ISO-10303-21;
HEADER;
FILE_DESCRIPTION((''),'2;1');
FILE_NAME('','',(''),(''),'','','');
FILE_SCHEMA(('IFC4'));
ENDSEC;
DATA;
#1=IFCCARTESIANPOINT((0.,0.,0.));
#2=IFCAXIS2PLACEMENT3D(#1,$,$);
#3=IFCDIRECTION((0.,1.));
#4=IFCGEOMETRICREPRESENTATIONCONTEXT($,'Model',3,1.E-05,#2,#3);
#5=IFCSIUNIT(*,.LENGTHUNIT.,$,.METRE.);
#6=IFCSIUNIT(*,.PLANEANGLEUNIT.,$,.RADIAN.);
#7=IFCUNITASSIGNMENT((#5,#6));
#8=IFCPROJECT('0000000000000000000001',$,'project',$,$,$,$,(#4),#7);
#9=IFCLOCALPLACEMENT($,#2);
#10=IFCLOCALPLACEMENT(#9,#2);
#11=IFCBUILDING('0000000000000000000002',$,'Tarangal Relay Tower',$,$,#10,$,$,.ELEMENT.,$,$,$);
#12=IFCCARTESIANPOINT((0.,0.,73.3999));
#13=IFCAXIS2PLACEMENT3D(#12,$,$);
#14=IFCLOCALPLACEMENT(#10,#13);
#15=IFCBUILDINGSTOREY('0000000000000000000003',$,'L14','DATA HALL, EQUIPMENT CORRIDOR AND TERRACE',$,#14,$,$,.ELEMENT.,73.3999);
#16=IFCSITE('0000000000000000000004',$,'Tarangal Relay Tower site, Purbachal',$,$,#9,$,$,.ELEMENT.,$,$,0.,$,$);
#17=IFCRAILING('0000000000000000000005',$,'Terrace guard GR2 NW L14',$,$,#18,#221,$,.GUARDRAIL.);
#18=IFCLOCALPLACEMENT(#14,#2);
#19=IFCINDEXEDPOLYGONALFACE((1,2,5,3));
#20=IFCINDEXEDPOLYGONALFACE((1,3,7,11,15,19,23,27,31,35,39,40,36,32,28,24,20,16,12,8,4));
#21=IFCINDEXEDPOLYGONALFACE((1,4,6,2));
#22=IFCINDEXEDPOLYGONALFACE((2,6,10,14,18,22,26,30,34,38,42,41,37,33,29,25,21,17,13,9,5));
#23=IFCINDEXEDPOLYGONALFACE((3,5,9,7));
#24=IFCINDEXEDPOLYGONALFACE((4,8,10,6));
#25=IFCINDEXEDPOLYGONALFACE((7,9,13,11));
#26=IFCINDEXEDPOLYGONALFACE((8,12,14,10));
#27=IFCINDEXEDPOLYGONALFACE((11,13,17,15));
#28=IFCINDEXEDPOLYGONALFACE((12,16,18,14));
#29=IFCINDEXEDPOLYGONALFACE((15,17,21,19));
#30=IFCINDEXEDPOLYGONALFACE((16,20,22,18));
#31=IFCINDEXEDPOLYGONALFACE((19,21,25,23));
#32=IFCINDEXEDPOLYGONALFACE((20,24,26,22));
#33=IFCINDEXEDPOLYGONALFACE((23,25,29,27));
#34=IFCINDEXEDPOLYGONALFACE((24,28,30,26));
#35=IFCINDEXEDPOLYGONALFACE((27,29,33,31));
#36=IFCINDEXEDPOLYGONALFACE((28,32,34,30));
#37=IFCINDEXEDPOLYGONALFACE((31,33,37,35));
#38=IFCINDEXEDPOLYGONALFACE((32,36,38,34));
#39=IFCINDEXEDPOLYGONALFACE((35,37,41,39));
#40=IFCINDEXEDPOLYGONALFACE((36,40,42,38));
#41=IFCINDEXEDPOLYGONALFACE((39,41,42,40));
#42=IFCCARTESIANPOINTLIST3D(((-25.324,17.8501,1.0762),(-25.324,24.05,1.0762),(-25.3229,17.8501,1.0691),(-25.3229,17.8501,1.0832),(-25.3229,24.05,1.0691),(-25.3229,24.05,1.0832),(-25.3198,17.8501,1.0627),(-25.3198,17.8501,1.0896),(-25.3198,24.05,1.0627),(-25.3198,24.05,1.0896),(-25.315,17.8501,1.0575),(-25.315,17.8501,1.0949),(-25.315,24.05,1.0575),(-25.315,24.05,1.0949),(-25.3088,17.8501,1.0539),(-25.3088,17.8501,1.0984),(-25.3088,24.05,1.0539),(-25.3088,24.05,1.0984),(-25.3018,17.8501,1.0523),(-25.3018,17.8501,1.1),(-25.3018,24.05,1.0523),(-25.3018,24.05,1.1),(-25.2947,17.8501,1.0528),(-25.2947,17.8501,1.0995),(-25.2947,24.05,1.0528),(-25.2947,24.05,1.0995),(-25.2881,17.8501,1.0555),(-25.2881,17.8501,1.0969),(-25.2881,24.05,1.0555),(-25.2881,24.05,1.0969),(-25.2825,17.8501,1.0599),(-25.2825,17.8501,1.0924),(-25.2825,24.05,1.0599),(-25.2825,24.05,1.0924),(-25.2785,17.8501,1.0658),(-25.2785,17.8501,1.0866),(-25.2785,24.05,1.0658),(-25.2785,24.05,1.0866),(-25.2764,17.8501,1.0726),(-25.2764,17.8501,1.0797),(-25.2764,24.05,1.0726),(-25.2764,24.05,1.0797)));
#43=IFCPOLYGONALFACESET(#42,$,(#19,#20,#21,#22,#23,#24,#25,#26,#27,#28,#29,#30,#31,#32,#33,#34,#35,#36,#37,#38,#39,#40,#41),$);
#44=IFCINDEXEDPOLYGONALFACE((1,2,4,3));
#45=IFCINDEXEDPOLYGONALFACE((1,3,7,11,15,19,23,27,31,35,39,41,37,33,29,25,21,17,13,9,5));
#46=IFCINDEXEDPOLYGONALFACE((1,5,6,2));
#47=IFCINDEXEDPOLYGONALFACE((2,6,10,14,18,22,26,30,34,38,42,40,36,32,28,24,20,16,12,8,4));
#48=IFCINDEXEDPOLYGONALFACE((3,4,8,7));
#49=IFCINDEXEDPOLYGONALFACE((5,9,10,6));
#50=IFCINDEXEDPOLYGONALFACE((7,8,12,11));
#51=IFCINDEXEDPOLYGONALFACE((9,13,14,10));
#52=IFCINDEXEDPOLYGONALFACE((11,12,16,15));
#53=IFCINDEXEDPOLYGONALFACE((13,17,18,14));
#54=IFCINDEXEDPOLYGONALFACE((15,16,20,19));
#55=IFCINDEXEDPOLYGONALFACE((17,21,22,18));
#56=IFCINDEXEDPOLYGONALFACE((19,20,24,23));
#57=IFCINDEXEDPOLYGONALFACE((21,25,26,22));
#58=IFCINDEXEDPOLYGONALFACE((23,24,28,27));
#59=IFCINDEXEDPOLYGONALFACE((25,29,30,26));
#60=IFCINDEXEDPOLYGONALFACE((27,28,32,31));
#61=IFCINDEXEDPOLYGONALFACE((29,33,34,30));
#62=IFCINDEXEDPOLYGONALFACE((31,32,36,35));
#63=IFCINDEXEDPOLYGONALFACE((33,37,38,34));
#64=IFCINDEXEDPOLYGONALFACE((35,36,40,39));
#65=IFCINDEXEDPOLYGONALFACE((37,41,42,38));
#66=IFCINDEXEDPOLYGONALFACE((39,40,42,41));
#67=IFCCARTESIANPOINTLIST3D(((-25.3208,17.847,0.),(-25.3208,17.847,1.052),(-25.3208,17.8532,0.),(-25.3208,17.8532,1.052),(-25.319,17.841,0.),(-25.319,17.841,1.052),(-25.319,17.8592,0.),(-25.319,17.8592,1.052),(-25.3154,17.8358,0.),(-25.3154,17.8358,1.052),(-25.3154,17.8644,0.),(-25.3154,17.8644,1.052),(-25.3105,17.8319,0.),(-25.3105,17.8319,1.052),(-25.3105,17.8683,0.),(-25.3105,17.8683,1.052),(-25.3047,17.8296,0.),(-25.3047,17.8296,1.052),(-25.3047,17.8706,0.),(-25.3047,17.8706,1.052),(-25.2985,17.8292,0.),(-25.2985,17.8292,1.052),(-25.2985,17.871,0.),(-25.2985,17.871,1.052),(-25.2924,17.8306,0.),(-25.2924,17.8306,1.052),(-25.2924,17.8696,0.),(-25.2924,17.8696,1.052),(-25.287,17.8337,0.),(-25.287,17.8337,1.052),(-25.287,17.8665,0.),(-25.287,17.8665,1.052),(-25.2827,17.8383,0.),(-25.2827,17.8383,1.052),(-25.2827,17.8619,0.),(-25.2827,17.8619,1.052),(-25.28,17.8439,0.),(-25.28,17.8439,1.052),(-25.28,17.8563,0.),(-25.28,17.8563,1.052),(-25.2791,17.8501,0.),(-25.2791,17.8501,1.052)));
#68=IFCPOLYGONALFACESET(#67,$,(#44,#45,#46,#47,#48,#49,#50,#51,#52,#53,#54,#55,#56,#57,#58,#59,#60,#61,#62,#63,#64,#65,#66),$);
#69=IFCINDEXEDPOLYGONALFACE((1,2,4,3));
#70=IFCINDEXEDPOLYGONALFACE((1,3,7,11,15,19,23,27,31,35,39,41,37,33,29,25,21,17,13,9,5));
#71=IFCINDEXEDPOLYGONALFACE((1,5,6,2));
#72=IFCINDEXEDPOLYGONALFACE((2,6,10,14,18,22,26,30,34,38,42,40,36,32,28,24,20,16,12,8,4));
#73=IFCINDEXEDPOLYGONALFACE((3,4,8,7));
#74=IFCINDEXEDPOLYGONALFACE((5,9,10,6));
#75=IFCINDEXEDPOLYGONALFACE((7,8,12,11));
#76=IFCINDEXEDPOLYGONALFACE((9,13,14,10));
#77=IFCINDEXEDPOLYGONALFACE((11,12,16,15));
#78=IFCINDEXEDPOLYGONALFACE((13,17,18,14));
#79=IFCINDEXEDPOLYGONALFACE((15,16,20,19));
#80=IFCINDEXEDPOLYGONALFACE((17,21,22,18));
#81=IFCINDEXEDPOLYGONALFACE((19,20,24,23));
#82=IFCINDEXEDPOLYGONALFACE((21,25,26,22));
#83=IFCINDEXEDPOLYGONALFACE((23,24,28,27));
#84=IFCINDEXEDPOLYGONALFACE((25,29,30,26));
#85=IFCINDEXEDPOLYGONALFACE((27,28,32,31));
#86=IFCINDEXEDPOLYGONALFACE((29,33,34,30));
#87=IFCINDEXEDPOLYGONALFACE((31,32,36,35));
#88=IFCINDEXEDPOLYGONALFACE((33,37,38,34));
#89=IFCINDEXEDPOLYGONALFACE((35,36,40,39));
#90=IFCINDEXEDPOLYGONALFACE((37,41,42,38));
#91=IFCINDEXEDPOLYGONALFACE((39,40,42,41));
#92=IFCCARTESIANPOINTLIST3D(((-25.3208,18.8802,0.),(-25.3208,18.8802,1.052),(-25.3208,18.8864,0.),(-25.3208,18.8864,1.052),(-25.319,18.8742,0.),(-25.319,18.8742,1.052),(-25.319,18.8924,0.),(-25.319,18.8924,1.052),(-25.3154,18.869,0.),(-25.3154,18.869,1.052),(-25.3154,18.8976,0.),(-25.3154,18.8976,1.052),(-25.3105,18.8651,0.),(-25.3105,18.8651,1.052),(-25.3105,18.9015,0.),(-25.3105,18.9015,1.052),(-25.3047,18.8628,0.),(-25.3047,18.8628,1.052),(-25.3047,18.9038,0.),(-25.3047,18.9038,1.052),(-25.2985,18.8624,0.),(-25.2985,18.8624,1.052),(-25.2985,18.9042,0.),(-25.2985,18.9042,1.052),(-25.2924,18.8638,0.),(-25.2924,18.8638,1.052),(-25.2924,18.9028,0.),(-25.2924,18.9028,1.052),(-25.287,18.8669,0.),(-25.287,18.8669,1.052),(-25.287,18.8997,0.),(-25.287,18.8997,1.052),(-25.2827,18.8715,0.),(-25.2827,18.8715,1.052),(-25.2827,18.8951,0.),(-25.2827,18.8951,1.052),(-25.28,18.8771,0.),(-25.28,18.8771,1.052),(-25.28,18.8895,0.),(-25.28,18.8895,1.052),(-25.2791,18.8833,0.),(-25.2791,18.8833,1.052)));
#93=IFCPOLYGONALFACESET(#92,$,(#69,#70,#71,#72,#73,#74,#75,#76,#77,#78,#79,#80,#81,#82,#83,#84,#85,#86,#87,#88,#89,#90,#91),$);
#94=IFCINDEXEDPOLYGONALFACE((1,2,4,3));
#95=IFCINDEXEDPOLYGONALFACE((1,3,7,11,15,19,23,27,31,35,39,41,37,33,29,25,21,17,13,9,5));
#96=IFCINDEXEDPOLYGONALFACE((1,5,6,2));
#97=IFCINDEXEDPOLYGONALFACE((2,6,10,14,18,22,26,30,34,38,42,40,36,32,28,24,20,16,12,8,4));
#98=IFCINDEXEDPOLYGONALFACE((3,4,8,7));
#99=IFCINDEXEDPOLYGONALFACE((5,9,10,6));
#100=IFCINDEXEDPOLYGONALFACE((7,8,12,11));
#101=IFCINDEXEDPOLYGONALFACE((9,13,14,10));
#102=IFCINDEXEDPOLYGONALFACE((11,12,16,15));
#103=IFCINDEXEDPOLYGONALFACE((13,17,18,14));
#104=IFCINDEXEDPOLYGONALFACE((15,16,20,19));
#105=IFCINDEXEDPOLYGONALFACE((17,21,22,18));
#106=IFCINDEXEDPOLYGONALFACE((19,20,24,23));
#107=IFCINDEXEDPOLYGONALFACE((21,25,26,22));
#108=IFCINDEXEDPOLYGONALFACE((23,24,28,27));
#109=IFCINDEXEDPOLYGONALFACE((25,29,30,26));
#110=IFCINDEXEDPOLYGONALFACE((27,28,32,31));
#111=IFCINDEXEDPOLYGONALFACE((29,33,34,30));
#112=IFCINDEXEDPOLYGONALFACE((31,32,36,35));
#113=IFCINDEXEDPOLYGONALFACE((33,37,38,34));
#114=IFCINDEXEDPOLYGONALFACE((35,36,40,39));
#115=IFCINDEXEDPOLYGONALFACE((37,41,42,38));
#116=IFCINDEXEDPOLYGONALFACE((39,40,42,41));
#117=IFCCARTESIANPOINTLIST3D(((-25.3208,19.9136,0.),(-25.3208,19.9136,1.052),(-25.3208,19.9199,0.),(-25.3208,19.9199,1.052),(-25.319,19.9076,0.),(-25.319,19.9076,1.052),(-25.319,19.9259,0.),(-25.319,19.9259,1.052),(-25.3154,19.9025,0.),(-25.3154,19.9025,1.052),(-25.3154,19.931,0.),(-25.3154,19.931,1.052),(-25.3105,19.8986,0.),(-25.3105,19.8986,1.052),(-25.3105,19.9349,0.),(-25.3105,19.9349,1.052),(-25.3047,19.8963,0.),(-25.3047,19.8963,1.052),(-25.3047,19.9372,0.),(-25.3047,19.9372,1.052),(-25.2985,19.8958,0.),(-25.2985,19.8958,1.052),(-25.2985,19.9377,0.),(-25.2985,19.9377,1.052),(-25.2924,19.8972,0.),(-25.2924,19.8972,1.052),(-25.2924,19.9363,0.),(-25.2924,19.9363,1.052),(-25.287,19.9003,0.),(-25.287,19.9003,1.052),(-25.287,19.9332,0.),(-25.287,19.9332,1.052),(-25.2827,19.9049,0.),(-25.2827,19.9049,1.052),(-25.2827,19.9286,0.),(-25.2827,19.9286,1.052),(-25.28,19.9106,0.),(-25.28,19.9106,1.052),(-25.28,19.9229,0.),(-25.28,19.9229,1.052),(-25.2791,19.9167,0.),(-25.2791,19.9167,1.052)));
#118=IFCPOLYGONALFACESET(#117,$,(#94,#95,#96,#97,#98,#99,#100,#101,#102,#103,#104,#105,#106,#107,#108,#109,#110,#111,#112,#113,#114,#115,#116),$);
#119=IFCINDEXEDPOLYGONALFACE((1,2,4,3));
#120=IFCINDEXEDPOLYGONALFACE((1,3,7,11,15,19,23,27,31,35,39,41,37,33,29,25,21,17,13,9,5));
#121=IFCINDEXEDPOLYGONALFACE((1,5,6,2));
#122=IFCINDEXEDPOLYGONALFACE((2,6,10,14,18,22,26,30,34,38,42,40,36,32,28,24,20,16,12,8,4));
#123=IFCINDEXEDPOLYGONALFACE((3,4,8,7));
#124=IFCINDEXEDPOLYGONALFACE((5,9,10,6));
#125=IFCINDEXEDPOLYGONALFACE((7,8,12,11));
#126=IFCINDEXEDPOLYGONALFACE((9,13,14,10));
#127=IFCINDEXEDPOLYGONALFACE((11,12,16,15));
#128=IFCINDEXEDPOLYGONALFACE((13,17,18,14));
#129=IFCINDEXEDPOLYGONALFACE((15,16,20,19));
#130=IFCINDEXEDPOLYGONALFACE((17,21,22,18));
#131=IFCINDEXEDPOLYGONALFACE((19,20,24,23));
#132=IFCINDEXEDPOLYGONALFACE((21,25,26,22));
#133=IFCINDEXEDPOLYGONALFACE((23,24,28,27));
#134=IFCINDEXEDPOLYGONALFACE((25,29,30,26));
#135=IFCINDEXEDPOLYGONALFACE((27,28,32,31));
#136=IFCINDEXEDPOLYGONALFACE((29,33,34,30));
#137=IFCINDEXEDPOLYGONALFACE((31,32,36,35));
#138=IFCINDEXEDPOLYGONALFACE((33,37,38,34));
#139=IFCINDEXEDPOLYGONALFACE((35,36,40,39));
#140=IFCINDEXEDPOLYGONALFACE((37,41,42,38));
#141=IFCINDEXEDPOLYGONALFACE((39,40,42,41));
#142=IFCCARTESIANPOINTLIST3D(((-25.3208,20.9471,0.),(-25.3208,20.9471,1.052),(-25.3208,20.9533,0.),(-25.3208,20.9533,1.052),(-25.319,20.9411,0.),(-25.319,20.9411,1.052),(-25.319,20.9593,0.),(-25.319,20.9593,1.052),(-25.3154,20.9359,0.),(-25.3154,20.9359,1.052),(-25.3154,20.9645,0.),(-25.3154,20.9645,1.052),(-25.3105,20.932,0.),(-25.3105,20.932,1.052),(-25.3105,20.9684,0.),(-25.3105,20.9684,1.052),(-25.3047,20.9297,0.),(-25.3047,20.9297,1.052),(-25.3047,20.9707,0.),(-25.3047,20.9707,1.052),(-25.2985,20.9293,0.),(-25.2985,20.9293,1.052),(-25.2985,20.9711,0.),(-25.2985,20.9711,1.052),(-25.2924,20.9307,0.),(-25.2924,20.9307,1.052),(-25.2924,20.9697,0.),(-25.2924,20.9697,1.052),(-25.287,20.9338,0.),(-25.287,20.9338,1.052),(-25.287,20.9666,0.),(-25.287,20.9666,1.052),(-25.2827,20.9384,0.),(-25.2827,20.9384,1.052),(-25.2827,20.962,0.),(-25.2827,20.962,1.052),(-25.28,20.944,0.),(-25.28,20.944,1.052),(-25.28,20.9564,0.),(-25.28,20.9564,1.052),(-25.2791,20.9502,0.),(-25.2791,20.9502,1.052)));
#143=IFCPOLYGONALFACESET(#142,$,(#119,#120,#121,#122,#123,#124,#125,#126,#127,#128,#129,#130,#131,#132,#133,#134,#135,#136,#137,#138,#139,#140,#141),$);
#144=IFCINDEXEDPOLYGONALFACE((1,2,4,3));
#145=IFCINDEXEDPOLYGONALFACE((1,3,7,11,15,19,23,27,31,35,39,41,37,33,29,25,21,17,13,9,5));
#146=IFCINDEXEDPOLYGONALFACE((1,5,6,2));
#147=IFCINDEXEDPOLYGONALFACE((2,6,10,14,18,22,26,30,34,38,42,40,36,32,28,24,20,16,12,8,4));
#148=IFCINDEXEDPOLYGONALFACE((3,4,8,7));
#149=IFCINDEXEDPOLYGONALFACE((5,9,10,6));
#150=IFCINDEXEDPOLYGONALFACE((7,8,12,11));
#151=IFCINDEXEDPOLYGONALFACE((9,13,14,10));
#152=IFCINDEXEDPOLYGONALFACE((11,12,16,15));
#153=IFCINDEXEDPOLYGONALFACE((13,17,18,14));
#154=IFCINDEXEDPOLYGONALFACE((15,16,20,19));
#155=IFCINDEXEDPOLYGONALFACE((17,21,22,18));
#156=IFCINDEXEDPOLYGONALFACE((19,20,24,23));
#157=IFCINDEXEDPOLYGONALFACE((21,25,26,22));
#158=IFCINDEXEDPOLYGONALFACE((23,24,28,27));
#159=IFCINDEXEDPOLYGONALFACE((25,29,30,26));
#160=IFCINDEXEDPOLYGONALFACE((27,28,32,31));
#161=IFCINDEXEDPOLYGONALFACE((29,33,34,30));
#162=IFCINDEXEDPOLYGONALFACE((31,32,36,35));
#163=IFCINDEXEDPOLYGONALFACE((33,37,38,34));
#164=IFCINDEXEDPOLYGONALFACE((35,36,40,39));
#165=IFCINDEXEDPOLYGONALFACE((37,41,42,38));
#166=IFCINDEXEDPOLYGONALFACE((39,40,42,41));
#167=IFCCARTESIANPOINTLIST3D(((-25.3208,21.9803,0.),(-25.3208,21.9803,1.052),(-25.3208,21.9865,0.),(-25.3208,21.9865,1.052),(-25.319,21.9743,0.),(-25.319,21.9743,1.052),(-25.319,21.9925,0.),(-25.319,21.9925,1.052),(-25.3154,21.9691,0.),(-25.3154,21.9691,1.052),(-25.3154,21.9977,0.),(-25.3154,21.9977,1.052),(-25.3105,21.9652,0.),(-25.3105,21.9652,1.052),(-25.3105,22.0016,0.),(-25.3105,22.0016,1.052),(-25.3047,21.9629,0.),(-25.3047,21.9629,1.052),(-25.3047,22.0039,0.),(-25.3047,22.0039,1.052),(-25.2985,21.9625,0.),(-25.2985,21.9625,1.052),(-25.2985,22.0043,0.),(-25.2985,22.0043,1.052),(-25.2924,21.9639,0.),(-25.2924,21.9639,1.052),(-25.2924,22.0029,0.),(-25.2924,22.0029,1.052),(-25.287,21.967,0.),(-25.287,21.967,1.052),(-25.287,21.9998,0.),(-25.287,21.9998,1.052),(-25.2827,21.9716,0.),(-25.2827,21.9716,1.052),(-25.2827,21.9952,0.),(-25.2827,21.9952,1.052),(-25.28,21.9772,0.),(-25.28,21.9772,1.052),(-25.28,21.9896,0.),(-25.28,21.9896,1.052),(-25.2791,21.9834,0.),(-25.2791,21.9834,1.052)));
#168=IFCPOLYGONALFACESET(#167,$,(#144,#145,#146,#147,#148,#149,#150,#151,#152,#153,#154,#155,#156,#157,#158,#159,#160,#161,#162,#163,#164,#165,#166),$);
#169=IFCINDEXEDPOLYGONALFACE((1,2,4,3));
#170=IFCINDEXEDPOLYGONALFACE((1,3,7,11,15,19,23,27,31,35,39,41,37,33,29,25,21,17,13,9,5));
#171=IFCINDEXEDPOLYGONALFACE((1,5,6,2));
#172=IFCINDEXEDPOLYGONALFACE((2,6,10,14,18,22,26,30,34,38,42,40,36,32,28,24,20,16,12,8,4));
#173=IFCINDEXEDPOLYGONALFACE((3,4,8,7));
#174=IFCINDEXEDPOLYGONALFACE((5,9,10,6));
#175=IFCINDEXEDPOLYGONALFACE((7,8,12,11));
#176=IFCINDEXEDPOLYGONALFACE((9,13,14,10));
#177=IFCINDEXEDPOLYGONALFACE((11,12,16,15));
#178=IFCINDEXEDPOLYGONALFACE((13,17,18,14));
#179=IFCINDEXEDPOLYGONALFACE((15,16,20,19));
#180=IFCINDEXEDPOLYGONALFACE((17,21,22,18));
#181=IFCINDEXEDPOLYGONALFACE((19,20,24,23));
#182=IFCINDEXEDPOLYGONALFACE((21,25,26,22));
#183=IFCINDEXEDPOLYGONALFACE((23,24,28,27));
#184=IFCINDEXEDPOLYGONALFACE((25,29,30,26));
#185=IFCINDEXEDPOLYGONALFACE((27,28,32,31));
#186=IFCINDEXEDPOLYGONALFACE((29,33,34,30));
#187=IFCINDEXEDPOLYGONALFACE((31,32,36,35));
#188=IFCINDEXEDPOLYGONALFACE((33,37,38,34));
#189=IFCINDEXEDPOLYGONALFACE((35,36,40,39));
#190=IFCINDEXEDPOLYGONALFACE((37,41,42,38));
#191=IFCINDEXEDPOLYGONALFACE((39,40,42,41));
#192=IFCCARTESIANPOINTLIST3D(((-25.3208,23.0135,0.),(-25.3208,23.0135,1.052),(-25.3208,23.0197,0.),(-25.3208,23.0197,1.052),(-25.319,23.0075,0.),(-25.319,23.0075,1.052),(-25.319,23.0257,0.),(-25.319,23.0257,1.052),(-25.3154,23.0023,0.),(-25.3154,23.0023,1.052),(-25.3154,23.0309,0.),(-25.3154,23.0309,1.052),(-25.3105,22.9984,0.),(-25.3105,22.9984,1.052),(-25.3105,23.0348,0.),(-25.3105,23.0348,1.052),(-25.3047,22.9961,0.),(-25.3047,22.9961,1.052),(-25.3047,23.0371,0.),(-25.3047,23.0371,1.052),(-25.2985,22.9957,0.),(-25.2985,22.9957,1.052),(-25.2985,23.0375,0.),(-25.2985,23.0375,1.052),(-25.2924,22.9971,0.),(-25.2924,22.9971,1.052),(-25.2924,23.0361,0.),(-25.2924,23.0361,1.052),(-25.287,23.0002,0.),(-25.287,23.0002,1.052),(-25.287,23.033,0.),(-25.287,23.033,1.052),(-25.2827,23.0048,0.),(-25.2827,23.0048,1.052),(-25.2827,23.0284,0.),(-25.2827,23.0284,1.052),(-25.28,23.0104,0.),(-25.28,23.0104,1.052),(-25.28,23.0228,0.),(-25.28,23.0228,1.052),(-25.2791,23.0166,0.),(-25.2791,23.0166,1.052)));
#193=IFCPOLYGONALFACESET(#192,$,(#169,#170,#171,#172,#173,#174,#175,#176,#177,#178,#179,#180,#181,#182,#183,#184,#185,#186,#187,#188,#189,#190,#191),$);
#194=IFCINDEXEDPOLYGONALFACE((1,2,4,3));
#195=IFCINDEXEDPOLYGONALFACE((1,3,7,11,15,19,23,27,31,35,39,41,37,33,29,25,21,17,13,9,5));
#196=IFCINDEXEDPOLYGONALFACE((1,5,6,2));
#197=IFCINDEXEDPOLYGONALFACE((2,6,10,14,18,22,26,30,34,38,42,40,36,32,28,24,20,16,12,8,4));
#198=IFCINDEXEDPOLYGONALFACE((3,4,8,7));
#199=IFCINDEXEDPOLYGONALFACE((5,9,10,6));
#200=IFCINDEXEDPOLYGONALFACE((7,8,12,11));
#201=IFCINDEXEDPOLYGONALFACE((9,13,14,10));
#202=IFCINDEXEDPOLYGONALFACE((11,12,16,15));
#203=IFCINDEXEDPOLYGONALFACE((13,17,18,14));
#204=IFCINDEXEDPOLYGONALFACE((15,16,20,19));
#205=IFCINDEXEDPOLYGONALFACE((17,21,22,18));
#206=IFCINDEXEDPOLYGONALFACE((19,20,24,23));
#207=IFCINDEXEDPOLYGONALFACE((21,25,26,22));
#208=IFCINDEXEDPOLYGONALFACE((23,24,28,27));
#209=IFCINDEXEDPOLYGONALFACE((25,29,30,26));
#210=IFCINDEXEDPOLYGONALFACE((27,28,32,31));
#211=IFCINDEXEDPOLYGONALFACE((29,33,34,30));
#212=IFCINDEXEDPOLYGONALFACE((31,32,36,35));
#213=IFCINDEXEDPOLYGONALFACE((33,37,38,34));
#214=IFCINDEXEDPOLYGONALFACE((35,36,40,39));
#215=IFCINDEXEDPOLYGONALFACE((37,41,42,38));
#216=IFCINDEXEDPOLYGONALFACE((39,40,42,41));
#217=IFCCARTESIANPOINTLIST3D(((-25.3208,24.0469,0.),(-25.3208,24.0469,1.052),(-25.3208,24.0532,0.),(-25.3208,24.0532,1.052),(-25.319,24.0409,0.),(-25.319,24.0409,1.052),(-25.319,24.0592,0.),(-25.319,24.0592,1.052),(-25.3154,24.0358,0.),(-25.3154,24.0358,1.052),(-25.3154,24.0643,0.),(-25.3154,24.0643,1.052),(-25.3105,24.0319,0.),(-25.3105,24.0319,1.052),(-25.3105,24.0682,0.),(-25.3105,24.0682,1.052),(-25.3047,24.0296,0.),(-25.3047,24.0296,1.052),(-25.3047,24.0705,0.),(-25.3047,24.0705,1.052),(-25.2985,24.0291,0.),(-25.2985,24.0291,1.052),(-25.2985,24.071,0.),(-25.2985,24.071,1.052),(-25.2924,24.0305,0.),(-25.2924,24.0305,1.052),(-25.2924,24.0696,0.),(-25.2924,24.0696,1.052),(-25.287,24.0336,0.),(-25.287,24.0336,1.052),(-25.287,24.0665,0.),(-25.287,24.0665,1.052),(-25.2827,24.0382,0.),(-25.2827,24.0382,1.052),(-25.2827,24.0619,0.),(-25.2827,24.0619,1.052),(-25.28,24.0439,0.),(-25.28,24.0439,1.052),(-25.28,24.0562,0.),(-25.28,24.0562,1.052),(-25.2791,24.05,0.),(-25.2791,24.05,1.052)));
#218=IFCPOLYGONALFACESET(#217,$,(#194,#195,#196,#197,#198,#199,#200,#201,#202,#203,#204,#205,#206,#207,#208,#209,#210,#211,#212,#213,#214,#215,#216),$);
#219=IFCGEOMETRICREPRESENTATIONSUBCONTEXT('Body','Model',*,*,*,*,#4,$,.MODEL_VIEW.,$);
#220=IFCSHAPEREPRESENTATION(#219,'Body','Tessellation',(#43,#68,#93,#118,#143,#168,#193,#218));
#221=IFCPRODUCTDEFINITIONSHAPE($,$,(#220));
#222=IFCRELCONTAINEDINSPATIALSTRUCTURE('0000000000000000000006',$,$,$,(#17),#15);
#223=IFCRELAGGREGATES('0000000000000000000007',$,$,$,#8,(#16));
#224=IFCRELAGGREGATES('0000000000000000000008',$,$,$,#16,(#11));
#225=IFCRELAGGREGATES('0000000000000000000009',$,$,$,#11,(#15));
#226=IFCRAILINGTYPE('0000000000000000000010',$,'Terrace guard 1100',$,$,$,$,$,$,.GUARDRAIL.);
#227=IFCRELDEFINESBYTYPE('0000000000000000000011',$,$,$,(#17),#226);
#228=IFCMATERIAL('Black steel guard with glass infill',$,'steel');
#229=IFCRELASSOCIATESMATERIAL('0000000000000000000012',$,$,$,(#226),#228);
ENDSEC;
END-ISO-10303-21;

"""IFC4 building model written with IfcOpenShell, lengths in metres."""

from ifc_helpers import new_model, si_unit, direction, frame, origin, origin_2d, place, context, subcontext, project, spatial, circle, extrude, material, type_object, element, save


model = new_model("IFC4")

# Units and contexts
model_context = context("Model", 3, precision=1e-05, world=origin(), true_north=direction((0.0, 1.0)))
body_context = subcontext(model_context, "Body", "Model", "MODEL_VIEW")
ifc_project = project(units=[si_unit("LENGTHUNIT", "METRE"), si_unit("PLANEANGLEUNIT", "RADIAN")], contexts=[model_context])

# Site, building, storey
site_placement = place(None, origin())
site = spatial("IfcSite", under=ifc_project, at=site_placement, Name="Tarangal Relay Tower site, Purbachal", CompositionType="ELEMENT", RefElevation=0.0)
building_placement = place(site_placement, origin())
building = spatial("IfcBuilding", under=site, at=building_placement, Name="Tarangal Relay Tower", CompositionType="ELEMENT")
storey_placement = place(building_placement, frame((0.0, 0.0, 73.3999)))
storey = spatial("IfcBuildingStorey", under=building, at=storey_placement, Name="L14", Description="DATA HALL, EQUIPMENT CORRIDOR AND TERRACE", CompositionType="ELEMENT", Elevation=73.3999)

# Railing
ifc_material_1 = material(Name="Black steel guard with glass infill", Category="steel")
railing_type = type_object("IfcRailingType", Name="Terrace guard 1100", PredefinedType="GUARDRAIL", material=ifc_material_1)
railing_1_placement = place(storey_placement, frame((-25.3, 17.8501, 0.0)))
element("IfcRailing", 1, at=railing_1_placement, inside=storey, type_object=railing_type, Name="Terrace guard GR2 NW L14", PredefinedType="GUARDRAIL", context=body_context, shape_type="SweptSolid", body=[
    extrude(circle(Radius=0.0239, at=origin_2d()), frame((0.0, 0.0, 1.0762), z_axis=(0.0, 1.0, 0.0), x_axis=(-1.0, 0.0, 0.0)), (0.0, 0.0, 1.0), 6.2),
    extrude(circle(Radius=0.021, at=origin_2d()), origin(), (0.0, 0.0, 1.0), 1.052),
    extrude(circle(Radius=0.021, at=origin_2d()), frame((0.0, 1.0332, 0.0)), (0.0, 0.0, 1.0), 1.052),
    extrude(circle(Radius=0.021, at=origin_2d()), frame((0.0, 2.0667, 0.0)), (0.0, 0.0, 1.0), 1.052),
    extrude(circle(Radius=0.021, at=origin_2d()), frame((0.0, 3.1001, 0.0)), (0.0, 0.0, 1.0), 1.052),
    extrude(circle(Radius=0.021, at=origin_2d()), frame((0.0, 4.1333, 0.0)), (0.0, 0.0, 1.0), 1.052),
    extrude(circle(Radius=0.021, at=origin_2d()), frame((0.0, 5.1665, 0.0)), (0.0, 0.0, 1.0), 1.052),
    extrude(circle(Radius=0.021, at=origin_2d()), frame((0.0, 6.2, 0.0)), (0.0, 0.0, 1.0), 1.052),
])

save(model, "model.ifc")
